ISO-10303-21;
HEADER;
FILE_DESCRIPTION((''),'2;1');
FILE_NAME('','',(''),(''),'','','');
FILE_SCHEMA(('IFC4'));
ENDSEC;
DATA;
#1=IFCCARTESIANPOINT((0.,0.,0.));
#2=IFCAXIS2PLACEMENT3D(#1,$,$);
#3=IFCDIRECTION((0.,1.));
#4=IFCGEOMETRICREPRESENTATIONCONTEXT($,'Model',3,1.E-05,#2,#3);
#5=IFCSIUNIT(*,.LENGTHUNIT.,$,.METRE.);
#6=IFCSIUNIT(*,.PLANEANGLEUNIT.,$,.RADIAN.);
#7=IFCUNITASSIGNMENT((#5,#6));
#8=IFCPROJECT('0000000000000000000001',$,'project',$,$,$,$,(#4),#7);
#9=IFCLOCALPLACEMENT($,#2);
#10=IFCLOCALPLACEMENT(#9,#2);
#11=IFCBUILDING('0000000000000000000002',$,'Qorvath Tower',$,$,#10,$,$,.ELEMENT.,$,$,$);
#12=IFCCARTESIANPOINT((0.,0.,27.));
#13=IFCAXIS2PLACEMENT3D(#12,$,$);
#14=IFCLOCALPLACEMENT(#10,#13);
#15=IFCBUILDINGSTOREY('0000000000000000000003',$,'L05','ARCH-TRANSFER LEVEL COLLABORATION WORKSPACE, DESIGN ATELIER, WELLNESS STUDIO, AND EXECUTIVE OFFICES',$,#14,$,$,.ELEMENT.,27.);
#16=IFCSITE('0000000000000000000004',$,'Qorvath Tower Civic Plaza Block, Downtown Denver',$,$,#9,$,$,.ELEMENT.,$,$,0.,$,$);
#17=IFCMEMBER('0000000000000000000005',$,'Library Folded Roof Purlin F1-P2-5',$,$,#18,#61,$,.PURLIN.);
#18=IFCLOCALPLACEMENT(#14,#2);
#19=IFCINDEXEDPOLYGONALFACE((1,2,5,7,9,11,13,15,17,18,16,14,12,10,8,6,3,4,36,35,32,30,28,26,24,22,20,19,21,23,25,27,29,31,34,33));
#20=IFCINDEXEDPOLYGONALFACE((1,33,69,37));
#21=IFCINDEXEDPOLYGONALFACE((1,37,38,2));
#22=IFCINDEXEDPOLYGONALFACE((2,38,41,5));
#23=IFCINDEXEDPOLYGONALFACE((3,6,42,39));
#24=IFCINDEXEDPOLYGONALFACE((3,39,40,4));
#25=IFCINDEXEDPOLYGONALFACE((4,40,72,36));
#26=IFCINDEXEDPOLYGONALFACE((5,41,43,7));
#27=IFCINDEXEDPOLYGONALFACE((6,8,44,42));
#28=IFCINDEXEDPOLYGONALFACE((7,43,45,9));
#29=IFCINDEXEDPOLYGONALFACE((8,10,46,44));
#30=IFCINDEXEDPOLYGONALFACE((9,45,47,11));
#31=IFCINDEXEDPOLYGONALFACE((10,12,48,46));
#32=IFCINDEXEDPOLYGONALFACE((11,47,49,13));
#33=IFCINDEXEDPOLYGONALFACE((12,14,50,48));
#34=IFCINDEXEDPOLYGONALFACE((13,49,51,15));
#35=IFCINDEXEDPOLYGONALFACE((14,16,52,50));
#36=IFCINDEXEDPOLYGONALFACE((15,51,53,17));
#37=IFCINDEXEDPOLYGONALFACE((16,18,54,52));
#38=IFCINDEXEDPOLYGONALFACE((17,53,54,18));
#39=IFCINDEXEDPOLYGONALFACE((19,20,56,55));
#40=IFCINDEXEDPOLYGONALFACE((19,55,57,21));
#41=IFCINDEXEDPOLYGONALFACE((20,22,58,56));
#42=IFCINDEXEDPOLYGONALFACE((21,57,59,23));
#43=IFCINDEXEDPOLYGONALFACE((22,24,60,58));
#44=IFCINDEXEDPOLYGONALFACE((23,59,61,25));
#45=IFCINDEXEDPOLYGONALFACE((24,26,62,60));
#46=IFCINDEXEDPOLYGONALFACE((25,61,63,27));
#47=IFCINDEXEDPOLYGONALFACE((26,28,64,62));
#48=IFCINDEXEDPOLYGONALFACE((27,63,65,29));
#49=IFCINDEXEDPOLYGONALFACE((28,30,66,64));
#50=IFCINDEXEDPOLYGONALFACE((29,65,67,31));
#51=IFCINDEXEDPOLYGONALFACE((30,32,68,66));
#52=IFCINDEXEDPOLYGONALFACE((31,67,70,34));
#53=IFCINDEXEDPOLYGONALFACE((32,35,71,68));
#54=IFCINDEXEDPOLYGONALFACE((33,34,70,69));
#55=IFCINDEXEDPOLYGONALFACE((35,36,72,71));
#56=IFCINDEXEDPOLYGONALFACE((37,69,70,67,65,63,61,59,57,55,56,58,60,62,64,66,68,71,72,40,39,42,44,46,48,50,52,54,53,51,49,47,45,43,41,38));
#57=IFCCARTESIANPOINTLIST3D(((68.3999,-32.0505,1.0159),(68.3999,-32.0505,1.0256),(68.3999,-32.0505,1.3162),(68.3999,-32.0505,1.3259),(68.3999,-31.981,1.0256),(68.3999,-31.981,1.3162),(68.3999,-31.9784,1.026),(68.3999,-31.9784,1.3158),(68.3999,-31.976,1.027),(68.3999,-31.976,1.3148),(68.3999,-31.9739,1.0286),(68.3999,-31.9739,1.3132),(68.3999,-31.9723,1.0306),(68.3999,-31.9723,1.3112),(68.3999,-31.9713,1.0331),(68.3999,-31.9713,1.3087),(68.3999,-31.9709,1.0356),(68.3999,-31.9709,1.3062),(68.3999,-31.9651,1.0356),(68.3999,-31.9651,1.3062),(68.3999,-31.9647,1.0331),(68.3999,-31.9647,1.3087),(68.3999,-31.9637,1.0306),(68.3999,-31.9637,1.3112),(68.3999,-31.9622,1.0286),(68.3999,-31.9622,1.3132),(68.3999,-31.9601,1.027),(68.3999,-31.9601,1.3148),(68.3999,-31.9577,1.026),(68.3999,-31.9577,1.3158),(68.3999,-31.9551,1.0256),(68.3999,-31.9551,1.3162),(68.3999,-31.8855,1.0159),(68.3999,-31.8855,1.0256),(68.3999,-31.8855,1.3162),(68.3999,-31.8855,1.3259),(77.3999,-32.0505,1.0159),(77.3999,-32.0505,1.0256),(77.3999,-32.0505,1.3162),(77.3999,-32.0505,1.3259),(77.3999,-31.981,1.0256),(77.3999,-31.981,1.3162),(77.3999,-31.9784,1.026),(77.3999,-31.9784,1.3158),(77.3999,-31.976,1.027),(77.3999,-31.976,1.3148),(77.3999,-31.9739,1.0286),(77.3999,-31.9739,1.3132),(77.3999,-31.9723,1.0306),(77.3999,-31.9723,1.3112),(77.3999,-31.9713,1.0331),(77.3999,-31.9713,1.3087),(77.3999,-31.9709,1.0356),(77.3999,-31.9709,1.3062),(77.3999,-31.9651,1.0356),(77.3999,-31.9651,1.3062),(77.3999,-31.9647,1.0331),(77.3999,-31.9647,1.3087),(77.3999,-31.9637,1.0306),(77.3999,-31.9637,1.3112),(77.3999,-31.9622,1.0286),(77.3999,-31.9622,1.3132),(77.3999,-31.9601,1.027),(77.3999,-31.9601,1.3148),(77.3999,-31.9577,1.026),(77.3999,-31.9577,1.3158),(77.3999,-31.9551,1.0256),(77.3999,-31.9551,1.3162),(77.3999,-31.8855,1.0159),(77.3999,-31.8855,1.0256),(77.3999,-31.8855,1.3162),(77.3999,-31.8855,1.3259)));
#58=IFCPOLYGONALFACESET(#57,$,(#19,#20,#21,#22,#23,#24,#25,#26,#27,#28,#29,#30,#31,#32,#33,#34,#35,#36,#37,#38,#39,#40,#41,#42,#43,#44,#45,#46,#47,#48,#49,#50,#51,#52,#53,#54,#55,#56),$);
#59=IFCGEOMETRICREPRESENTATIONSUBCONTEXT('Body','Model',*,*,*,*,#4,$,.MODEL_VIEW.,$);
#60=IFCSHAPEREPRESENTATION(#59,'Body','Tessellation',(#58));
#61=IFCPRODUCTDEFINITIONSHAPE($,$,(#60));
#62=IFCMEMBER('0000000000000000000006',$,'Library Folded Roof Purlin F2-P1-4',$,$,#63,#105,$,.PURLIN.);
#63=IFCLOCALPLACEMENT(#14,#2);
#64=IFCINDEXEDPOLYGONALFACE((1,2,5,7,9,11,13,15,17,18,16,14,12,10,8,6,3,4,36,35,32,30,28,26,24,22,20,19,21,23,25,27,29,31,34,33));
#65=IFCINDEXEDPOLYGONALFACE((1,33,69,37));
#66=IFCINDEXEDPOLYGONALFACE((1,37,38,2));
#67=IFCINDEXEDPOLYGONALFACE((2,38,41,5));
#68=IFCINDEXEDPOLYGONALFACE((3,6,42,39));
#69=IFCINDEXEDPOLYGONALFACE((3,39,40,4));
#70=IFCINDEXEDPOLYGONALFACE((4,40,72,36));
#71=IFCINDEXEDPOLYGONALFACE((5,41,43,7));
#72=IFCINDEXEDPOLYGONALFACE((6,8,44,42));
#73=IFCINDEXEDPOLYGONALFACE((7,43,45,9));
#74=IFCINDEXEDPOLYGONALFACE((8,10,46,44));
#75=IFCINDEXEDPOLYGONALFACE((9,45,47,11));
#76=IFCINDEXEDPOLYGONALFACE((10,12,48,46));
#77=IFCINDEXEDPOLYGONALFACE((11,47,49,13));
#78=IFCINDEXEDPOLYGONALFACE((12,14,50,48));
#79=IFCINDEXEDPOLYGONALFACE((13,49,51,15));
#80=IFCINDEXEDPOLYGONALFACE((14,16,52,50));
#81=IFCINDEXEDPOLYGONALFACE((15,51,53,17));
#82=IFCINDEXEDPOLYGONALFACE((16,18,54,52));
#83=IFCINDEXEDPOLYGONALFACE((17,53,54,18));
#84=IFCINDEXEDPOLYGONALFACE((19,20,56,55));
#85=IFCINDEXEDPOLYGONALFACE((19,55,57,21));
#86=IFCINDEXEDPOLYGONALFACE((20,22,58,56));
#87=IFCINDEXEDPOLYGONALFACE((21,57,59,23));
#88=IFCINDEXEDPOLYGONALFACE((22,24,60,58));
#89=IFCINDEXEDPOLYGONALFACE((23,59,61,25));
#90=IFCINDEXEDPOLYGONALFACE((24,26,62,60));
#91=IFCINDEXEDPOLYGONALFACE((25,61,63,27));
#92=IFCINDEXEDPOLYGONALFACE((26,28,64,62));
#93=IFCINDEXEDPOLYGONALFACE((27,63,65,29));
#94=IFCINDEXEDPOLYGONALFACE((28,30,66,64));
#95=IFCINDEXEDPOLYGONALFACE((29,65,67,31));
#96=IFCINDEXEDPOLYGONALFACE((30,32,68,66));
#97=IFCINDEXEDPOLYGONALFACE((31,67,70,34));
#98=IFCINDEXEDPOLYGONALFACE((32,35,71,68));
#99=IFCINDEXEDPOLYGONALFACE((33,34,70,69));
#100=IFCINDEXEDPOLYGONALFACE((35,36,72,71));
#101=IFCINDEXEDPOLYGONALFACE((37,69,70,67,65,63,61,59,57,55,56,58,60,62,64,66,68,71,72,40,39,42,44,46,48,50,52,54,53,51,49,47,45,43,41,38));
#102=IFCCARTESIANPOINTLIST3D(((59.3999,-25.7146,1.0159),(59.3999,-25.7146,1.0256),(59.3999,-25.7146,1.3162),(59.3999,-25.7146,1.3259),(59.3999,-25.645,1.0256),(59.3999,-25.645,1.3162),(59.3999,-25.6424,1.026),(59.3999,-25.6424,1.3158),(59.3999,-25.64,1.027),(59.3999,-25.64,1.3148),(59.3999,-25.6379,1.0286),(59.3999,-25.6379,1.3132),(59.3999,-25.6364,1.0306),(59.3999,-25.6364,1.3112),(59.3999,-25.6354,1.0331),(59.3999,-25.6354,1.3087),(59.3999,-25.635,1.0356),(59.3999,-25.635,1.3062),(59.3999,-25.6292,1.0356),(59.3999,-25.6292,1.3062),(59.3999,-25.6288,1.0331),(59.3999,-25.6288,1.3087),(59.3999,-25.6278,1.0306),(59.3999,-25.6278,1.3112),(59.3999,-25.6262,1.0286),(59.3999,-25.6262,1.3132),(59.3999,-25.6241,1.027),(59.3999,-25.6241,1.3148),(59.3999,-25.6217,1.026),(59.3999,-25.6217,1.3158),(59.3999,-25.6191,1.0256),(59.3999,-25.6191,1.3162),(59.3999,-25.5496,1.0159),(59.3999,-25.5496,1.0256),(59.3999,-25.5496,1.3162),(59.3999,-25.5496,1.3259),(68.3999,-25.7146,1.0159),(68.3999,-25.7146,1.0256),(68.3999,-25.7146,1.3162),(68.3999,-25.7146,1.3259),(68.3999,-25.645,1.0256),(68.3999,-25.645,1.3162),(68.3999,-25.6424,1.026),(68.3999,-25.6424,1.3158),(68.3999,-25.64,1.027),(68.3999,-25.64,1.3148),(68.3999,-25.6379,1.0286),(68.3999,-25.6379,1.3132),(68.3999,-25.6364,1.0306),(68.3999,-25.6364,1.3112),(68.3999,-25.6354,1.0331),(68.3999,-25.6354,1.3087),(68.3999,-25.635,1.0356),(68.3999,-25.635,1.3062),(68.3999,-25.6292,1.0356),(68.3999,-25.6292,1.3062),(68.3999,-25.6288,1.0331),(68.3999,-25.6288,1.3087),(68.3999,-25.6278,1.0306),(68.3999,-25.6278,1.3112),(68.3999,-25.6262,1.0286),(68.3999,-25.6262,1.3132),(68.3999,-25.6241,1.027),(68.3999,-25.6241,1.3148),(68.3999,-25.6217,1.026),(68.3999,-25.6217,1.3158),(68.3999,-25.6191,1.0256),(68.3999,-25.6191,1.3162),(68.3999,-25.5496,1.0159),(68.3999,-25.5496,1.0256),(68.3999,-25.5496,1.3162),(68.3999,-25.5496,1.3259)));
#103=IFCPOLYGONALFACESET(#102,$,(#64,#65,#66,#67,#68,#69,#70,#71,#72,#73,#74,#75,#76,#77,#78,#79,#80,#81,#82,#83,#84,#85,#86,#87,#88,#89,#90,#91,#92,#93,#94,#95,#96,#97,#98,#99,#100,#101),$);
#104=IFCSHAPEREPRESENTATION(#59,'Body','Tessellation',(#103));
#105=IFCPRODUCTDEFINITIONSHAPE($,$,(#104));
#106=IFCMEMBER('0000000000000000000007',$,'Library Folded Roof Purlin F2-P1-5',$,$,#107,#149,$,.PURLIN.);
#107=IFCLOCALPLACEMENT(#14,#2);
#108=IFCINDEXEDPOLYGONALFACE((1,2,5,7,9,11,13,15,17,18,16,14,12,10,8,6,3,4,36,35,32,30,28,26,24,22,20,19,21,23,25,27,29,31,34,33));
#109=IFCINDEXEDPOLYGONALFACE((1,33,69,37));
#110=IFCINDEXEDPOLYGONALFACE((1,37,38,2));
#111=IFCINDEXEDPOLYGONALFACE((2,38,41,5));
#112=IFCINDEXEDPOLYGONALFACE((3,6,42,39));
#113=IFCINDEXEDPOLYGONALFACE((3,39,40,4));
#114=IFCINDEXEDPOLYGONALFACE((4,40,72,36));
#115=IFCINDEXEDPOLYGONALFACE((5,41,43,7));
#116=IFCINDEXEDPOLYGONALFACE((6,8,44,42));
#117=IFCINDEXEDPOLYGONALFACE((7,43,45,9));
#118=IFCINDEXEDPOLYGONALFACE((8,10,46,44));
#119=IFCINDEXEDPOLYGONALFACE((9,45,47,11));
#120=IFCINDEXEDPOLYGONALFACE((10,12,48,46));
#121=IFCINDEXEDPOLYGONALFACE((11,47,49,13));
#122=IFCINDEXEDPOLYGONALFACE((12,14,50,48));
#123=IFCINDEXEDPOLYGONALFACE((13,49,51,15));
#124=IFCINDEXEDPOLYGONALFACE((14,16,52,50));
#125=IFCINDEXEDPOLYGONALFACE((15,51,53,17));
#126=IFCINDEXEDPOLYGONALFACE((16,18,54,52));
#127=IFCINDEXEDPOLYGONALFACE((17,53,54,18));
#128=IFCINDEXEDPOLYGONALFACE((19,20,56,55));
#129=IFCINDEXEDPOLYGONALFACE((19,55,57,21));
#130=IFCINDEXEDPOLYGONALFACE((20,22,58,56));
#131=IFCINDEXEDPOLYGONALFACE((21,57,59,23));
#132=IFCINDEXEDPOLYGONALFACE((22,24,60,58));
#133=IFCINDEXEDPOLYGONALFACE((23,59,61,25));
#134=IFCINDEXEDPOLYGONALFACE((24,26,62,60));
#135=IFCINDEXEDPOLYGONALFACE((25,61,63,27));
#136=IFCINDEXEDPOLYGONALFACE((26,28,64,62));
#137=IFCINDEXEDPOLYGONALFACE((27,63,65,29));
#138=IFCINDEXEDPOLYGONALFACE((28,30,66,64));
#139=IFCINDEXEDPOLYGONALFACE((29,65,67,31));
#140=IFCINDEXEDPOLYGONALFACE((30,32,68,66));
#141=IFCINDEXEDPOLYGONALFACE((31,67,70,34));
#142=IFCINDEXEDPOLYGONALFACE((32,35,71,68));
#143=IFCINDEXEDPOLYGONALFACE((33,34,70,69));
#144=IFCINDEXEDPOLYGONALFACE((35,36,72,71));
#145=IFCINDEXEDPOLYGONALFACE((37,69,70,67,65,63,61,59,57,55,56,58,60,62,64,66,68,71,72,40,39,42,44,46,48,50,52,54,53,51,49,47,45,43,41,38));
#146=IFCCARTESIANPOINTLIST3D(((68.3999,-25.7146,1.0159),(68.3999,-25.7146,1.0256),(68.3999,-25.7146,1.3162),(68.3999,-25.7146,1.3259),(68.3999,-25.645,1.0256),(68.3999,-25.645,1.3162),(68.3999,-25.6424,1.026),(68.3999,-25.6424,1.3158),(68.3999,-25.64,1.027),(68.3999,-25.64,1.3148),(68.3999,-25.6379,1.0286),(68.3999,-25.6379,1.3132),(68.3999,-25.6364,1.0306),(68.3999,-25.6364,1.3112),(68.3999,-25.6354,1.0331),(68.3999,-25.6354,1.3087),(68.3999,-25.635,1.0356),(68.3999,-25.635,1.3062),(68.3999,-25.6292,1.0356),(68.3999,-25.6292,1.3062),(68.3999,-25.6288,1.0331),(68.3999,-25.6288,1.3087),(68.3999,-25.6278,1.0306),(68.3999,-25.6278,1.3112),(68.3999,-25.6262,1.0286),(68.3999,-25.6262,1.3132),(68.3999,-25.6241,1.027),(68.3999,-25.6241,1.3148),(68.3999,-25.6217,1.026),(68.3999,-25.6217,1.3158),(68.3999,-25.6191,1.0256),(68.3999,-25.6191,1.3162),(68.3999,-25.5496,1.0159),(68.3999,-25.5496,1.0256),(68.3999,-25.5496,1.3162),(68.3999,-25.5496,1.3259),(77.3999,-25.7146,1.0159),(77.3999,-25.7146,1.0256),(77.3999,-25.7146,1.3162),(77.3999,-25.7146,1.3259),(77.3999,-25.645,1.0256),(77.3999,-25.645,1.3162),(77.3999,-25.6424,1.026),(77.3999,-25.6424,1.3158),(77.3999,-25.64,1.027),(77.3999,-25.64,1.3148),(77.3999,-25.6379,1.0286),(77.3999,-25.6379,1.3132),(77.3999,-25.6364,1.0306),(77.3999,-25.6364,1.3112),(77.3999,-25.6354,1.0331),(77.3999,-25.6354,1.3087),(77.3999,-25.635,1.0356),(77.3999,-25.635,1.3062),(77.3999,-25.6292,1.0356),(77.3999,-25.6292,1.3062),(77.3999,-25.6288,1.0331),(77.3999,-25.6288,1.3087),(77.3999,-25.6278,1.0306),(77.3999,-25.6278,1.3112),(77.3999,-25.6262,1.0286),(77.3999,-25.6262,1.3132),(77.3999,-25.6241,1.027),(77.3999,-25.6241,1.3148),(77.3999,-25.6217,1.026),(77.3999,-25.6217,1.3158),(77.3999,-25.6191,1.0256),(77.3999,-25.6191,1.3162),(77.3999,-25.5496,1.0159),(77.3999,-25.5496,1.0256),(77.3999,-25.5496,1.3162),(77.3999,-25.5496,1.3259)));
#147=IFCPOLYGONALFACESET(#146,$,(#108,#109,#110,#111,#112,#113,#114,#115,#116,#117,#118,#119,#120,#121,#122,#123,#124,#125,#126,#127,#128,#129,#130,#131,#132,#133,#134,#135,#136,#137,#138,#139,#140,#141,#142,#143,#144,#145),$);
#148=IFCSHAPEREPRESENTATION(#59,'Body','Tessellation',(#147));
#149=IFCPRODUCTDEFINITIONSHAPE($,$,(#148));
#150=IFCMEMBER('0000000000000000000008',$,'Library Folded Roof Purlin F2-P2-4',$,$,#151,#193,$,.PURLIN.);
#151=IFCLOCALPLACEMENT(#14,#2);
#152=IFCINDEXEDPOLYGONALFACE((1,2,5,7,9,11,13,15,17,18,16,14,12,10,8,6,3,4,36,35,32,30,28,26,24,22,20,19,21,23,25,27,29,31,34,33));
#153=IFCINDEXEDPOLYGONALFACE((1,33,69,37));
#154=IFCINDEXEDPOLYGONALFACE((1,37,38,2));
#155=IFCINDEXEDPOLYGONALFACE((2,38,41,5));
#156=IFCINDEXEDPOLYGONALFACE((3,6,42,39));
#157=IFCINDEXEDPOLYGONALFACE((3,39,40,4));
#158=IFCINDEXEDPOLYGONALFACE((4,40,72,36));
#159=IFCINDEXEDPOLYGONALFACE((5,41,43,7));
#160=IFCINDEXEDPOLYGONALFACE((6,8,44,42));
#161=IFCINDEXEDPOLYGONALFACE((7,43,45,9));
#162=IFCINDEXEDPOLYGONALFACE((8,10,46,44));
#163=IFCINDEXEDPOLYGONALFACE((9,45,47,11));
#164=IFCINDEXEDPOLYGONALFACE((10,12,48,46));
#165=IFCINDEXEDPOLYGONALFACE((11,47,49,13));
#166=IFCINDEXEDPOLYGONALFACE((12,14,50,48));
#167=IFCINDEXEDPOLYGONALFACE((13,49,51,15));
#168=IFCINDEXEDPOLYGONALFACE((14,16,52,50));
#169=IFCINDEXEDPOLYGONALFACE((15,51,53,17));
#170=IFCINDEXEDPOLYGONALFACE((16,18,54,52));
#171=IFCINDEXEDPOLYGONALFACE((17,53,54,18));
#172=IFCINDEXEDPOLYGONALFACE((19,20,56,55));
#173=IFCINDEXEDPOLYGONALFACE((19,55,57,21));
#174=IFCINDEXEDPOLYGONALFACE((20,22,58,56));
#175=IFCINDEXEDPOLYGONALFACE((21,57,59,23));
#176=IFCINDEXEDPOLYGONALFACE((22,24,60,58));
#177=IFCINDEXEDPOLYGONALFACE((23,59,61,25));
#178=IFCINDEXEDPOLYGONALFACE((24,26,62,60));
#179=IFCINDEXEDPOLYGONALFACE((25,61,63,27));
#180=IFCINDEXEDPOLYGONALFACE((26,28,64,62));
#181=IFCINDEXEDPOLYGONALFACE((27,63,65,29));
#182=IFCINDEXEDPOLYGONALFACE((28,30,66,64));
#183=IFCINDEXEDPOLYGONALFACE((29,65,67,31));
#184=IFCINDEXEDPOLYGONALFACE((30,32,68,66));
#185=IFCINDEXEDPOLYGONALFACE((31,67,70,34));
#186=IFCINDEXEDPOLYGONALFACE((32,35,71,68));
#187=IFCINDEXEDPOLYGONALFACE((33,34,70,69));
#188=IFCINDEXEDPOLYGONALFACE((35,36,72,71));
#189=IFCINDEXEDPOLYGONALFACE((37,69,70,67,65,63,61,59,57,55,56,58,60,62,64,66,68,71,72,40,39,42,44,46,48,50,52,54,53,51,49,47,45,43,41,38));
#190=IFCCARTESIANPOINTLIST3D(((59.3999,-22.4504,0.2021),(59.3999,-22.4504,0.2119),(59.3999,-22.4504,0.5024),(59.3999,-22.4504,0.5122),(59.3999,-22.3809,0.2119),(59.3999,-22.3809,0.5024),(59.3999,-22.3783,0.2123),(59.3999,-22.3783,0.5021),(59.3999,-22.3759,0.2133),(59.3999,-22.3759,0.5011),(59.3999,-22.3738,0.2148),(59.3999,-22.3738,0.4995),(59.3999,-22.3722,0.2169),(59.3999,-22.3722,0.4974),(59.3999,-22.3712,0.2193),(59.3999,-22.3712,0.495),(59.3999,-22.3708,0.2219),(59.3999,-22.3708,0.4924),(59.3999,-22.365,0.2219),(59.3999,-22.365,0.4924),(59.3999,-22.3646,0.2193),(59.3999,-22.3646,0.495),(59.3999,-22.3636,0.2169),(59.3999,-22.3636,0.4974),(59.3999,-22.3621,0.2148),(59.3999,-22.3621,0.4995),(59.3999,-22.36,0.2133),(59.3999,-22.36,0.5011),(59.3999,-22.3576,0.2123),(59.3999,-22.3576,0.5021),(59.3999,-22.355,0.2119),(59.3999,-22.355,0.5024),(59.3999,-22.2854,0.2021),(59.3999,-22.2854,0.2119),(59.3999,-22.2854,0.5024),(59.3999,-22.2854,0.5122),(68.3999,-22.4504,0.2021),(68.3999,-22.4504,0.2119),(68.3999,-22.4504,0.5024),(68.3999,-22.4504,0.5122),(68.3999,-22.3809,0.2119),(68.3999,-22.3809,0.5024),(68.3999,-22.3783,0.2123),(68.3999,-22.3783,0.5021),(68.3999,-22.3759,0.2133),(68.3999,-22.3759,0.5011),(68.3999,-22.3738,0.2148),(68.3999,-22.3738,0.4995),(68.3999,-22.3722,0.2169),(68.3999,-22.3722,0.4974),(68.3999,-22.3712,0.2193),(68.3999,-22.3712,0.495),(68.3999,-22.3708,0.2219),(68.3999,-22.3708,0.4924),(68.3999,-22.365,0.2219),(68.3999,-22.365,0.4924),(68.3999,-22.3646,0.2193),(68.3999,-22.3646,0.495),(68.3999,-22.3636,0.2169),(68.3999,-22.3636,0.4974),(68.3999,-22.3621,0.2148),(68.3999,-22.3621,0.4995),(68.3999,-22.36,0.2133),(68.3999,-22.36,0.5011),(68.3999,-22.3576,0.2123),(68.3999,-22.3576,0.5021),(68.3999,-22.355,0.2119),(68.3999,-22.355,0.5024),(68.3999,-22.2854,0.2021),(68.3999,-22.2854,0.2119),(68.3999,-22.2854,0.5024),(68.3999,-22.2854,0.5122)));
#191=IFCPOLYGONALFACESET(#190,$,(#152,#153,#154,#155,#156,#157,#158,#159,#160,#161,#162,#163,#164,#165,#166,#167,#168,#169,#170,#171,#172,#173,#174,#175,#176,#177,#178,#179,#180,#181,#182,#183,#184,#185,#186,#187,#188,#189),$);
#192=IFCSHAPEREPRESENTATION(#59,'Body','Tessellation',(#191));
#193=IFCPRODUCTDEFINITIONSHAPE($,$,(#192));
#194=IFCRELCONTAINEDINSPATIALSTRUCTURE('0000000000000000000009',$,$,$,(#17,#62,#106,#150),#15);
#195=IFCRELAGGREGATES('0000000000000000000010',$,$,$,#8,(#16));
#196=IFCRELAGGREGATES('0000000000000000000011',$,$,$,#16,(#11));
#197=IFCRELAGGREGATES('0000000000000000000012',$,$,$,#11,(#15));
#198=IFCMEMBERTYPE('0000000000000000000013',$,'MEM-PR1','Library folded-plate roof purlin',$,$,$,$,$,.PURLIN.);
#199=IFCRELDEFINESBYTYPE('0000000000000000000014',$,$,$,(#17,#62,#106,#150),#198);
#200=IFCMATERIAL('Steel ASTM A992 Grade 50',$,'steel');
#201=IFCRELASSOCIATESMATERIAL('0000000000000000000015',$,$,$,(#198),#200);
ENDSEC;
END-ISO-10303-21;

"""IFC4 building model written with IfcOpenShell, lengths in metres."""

from ifc_helpers import new_model, si_unit, direction, frame, origin, origin_2d, place, context, subcontext, project, spatial, i_section, extrude, material, material_profile, profile_set, type_object, element, save


model = new_model("IFC4")

# Units and contexts
model_context = context("Model", 3, precision=1e-05, world=origin(), true_north=direction((0.0, 1.0)))
body_context = subcontext(model_context, "Body", "Model", "MODEL_VIEW")
ifc_project = project(units=[si_unit("LENGTHUNIT", "METRE"), si_unit("PLANEANGLEUNIT", "RADIAN")], contexts=[model_context])

# Site, building, storey
site_placement = place(None, origin())
site = spatial("IfcSite", under=ifc_project, at=site_placement, Name="Qorvath Tower Civic Plaza Block, Downtown Denver", CompositionType="ELEMENT", RefElevation=0.0)
building_placement = place(site_placement, origin())
building = spatial("IfcBuilding", under=site, at=building_placement, Name="Qorvath Tower", CompositionType="ELEMENT")
storey_placement = place(building_placement, frame((0.0, 0.0, 27.0)))
storey = spatial("IfcBuildingStorey", under=building, at=storey_placement, Name="L05", Description="ARCH-TRANSFER LEVEL COLLABORATION WORKSPACE, DESIGN ATELIER, WELLNESS STUDIO, AND EXECUTIVE OFFICES", CompositionType="ELEMENT", Elevation=27.0)

# Members
ifc_material_1 = material(Name="Steel ASTM A992 Grade 50", Category="steel")
ifc_material_profile_1 = material_profile(ifc_material_1, i_section(OverallWidth=0.165, OverallDepth=0.3101, WebThickness=0.0059, FlangeThickness=0.0098, FilletRadius=0.01, at=origin_2d()), Name="W12x26")
ifc_profile_set_1 = profile_set([ifc_material_profile_1], Name="Steel ASTM A992 Grade 50")
member_type_1 = type_object("IfcMemberType", Name="MEM-PR1", Description="Library folded-plate roof purlin", PredefinedType="PURLIN", material=ifc_profile_set_1)
for number, where, z_axis, x_axis, name in (
    (1, (68.3999, -31.968, 1.1709), (1.0, 0.0, 0.0), (0.0, 1.0, 0.0), "Library Folded Roof Purlin F1-P2-5"),
    (2, (59.3999, -25.6321, 1.1709), (1.0, 0.0, 0.0), (0.0, 1.0, 0.0), "Library Folded Roof Purlin F2-P1-4"),
    (3, (68.3999, -25.6321, 1.1709), (1.0, 0.0, 0.0), (0.0, 1.0, 0.0), "Library Folded Roof Purlin F2-P1-5"),
    (4, (59.3999, -22.3679, 0.3572), (1.0, 0.0, 0.0), (0.0, 1.0, 0.0), "Library Folded Roof Purlin F2-P2-4"),
):
    element("IfcMember", number, at=place(storey_placement, frame(where, z_axis=z_axis, x_axis=x_axis)), inside=storey, type_object=member_type_1, Name=name, PredefinedType="PURLIN", context=body_context, shape_type="SweptSolid", body=[
        extrude(i_section(OverallWidth=0.165, OverallDepth=0.3101, WebThickness=0.0059, FlangeThickness=0.0098, FilletRadius=0.01, at=origin_2d()), origin(), (0.0, 0.0, 1.0), 9.0),
    ])

save(model, "model.ifc")
